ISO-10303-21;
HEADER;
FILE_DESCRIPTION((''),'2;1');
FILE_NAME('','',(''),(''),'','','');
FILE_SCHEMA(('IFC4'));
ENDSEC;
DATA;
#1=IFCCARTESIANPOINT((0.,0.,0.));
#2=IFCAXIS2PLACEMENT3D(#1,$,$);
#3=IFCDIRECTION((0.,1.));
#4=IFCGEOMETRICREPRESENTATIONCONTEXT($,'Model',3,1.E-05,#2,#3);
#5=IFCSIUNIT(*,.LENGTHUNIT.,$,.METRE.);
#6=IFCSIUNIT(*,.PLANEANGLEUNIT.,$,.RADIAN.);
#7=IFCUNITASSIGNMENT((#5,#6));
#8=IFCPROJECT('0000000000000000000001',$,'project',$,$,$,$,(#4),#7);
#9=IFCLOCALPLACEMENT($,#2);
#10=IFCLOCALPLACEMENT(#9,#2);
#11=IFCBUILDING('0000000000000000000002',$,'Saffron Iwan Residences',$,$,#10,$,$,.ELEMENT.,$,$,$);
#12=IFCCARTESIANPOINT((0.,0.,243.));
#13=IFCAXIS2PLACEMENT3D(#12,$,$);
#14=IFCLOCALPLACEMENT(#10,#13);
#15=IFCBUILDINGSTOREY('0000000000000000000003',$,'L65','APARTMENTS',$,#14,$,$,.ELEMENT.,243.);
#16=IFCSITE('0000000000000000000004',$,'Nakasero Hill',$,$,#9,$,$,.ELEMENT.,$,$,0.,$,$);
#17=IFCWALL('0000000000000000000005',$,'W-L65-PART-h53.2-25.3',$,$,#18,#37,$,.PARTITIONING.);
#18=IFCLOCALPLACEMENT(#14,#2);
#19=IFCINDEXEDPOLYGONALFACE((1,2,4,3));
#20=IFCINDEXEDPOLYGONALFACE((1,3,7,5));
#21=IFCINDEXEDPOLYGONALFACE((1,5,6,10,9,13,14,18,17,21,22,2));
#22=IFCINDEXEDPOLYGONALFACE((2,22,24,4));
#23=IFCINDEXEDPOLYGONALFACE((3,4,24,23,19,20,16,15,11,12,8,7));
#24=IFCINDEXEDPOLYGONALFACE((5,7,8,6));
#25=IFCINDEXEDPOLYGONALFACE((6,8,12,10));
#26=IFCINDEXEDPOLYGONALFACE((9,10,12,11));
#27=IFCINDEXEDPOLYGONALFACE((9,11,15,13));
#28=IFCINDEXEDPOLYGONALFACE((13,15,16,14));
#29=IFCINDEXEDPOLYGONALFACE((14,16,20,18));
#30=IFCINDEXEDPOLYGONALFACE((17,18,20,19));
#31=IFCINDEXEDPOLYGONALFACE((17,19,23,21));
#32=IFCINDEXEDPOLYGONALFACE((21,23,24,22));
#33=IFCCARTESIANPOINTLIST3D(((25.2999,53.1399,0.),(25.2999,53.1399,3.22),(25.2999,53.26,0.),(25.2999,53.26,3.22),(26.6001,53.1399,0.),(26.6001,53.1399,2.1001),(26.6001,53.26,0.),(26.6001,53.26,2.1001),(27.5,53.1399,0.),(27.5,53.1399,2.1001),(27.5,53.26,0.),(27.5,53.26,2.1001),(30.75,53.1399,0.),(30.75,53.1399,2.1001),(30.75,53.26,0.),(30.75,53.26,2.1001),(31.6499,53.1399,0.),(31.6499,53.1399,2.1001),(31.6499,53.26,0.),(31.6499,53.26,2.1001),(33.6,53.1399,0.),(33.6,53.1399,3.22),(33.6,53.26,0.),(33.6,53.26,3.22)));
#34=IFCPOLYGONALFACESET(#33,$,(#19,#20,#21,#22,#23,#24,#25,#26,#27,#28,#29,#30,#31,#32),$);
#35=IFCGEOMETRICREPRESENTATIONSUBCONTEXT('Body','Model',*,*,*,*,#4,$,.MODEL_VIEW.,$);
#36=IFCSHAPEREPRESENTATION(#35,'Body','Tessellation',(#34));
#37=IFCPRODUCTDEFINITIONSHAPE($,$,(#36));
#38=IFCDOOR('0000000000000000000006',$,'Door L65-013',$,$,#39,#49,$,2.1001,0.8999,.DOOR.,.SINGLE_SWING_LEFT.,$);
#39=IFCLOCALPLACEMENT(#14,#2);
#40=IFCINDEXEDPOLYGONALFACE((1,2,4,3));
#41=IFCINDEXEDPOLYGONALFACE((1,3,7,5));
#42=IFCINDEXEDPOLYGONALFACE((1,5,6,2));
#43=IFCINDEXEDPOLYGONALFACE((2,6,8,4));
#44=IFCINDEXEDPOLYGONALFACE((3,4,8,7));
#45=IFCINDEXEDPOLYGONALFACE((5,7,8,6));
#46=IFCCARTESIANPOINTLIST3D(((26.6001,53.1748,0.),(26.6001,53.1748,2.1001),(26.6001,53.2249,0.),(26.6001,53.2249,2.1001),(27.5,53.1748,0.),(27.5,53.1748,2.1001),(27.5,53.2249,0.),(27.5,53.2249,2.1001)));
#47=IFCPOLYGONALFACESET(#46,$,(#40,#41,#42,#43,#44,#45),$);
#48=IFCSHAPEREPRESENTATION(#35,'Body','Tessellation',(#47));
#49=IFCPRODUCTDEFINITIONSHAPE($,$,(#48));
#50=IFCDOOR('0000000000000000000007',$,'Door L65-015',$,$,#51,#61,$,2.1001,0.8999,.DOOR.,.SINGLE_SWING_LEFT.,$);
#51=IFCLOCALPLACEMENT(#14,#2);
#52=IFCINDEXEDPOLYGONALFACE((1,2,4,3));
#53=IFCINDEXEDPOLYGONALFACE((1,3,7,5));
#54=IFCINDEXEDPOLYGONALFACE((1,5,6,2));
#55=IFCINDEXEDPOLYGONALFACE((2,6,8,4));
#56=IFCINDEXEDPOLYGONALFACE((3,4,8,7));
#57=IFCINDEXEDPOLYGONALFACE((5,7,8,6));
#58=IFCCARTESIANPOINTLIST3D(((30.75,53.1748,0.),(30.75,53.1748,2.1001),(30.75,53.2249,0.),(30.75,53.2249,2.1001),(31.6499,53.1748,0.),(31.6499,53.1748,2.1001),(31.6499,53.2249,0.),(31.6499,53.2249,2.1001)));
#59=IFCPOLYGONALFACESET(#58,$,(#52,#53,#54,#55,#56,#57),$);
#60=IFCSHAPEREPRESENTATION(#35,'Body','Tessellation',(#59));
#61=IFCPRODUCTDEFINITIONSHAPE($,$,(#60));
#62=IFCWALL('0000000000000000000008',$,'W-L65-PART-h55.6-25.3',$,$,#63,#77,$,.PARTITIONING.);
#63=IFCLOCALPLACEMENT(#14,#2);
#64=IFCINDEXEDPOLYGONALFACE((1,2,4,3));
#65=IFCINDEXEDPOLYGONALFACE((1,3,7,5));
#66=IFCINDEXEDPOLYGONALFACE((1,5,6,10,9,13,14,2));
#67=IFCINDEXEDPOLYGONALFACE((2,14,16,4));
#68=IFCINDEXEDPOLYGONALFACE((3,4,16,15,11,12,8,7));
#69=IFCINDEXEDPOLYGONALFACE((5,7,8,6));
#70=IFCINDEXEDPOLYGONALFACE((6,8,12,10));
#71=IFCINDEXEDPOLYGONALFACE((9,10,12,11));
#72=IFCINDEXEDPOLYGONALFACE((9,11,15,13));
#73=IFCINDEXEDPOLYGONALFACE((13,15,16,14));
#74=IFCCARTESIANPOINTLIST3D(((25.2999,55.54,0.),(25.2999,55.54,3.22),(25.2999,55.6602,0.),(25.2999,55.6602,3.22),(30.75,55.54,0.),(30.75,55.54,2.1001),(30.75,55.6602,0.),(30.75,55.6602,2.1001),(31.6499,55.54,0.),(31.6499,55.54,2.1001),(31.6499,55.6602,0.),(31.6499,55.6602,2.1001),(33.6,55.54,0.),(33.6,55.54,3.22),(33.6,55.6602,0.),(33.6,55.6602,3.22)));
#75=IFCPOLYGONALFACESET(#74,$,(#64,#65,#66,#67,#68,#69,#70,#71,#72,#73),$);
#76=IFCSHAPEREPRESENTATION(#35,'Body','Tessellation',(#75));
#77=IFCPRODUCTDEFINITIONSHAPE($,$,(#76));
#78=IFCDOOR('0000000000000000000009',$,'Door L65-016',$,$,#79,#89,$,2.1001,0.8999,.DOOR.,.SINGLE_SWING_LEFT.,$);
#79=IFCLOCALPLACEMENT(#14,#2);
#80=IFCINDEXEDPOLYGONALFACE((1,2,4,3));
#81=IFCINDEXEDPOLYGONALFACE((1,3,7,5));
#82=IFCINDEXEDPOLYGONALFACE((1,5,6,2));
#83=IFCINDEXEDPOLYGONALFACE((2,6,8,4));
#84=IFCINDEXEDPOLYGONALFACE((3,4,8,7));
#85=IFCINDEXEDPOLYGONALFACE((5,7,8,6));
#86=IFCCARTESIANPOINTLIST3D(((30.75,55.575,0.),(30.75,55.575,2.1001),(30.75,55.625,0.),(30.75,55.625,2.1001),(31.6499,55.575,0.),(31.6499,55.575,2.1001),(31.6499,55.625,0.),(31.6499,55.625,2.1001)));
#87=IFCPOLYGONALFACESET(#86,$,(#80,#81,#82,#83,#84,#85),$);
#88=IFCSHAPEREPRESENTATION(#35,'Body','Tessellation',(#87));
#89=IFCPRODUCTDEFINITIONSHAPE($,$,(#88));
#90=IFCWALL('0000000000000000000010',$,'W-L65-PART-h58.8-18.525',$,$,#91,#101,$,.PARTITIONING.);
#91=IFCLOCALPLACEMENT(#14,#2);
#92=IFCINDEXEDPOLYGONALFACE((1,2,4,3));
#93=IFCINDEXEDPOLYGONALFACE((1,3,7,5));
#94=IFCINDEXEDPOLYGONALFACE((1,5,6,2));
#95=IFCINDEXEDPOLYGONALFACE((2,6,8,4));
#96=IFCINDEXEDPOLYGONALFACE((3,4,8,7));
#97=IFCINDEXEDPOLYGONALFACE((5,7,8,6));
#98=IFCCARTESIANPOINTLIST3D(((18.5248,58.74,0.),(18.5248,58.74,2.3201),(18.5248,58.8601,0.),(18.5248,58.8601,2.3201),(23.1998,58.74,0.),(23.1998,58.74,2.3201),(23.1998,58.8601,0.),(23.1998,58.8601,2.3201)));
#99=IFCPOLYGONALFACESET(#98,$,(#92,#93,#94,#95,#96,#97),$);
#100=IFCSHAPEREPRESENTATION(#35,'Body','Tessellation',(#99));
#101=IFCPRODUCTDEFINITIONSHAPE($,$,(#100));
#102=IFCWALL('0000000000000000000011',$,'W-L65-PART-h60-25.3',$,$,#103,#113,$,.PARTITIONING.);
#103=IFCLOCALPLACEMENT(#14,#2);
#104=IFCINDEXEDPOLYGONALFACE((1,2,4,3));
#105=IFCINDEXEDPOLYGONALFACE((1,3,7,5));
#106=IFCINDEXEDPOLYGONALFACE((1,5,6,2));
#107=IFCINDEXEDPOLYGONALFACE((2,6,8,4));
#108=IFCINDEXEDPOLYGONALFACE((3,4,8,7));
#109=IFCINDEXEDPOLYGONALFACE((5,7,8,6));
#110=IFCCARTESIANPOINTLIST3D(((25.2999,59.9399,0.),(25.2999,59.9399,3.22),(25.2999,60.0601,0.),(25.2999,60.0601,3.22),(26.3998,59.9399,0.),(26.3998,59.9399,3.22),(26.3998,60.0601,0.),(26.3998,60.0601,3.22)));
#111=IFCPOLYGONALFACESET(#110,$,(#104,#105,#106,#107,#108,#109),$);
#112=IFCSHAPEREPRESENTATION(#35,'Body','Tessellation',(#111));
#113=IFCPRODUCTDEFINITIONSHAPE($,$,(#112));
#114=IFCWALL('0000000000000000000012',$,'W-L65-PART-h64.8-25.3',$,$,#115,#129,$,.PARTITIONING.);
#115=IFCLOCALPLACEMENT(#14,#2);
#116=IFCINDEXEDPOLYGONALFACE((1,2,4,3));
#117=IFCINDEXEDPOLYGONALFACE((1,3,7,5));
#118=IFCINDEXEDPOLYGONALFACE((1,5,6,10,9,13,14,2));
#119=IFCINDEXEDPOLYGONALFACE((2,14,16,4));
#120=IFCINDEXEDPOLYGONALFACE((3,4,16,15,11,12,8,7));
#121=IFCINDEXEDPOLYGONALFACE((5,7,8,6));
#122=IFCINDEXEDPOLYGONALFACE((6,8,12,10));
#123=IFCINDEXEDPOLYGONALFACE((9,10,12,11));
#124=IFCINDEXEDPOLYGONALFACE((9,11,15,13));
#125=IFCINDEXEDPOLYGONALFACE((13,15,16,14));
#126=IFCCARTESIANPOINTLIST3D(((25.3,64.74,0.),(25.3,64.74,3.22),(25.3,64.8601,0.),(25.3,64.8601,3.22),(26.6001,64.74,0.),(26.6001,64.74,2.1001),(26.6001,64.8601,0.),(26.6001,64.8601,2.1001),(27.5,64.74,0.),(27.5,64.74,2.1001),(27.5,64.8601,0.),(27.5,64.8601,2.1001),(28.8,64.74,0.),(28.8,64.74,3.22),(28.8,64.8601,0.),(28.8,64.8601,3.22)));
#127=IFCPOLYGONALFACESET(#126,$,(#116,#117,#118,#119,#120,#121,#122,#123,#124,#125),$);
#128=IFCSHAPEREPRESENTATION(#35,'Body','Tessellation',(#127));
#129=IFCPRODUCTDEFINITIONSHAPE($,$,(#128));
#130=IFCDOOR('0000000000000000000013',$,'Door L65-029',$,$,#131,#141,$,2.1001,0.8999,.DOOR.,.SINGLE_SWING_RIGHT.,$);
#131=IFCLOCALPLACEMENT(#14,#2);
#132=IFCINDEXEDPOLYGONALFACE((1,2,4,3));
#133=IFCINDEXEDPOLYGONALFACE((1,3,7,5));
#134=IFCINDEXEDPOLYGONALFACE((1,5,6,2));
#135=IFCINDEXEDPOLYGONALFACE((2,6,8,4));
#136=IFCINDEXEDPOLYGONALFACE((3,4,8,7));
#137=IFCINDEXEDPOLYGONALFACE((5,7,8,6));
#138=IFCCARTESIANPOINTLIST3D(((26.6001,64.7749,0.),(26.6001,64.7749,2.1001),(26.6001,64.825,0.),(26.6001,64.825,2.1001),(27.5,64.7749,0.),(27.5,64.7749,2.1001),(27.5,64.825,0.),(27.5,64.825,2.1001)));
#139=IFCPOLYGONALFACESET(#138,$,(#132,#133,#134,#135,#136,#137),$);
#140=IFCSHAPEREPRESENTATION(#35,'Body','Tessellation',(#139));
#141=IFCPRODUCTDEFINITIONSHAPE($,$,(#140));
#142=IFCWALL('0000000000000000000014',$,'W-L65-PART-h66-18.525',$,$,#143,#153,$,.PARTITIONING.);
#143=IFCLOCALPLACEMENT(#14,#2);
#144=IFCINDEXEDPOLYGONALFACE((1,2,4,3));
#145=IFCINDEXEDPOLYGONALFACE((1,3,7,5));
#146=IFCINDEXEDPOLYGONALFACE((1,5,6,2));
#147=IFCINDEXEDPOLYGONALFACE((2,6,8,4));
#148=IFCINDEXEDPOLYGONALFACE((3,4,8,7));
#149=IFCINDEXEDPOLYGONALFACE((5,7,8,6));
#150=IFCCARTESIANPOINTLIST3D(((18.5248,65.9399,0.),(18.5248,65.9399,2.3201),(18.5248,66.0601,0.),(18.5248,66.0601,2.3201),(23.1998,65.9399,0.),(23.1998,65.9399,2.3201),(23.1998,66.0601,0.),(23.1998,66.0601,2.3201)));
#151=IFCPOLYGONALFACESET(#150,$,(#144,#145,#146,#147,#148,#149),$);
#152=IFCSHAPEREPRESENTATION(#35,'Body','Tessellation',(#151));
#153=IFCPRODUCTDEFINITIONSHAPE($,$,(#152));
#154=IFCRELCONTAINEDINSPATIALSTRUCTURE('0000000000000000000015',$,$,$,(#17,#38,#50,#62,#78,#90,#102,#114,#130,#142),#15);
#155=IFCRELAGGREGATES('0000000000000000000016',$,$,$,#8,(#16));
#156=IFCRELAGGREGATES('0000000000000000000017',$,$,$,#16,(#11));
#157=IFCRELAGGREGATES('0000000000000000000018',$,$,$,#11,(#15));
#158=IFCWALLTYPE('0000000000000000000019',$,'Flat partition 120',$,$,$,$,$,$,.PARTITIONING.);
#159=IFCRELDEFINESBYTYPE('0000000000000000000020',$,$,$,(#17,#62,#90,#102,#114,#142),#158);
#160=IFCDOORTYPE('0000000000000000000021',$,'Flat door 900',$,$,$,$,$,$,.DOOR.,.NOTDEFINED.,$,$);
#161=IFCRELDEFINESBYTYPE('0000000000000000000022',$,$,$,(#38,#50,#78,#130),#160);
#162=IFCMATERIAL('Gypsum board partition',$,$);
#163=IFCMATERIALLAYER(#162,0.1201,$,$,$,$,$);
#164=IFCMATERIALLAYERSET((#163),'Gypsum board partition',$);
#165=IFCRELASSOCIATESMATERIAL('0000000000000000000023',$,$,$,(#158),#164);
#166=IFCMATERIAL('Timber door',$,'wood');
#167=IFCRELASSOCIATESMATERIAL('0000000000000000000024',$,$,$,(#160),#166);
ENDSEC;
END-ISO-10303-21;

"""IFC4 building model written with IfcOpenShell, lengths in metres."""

from ifc_helpers import new_model, si_unit, direction, frame, frame_2d, origin, place, context, subcontext, project, spatial, rectangle, extrude, material, layer, layer_set, type_object, element, fill, save


model = new_model("IFC4")

# Units and contexts
model_context = context("Model", 3, precision=1e-05, world=origin(), true_north=direction((0.0, 1.0)))
body_context = subcontext(model_context, "Body", "Model", "MODEL_VIEW")
ifc_project = project(units=[si_unit("LENGTHUNIT", "METRE"), si_unit("PLANEANGLEUNIT", "RADIAN")], contexts=[model_context])

# Site, building, storey
site_placement = place(None, origin())
site = spatial("IfcSite", under=ifc_project, at=site_placement, Name="Nakasero Hill", CompositionType="ELEMENT", RefElevation=0.0)
building_placement = place(site_placement, origin())
building = spatial("IfcBuilding", under=site, at=building_placement, Name="Saffron Iwan Residences", CompositionType="ELEMENT")
storey_placement = place(building_placement, frame((0.0, 0.0, 243.0)))
storey = spatial("IfcBuildingStorey", under=building, at=storey_placement, Name="L65", Description="APARTMENTS", CompositionType="ELEMENT", Elevation=243.0)

# Shared definitions
ifc_material_1 = material(Name="Gypsum board partition")
ifc_layer_1 = layer(ifc_material_1, 0.1201)
ifc_layer_set_1 = layer_set([ifc_layer_1], Name="Gypsum board partition")
wall_type_1 = type_object("IfcWallType", Name="Flat partition 120", PredefinedType="PARTITIONING", material=ifc_layer_set_1)

# Wall, openings, doors
wall_1_placement = place(storey_placement, frame((25.3, 53.2, 0.0), z_axis=(0.0, 0.0, 1.0), x_axis=(1.0, 0.0, 0.0)))
wall_1 = element("IfcWall", 1, at=wall_1_placement, inside=storey, type_object=wall_type_1, Name="W-L65-PART-h53.2-25.3", PredefinedType="PARTITIONING", context=body_context, shape_type="SweptSolid", body=[
    extrude(rectangle(XDim=8.3, YDim=0.1201, at=frame_2d((4.1499, 0.0))), origin(), (0.0, 0.0, 1.0), 3.22),
])
opening_1_placement = place(wall_1_placement, frame((1.3, 0.0, 0.0)))
opening_1 = element("IfcOpeningElement", 2, at=opening_1_placement, cuts=wall_1, PredefinedType="OPENING", context=body_context, shape_type="SweptSolid", body=[
    extrude(rectangle(XDim=0.8999, YDim=2.1001, at=frame_2d((0.45, 1.05))), frame((0.0, 0.0701, 0.0), z_axis=(0.0, -1.0, 0.0), x_axis=(1.0, 0.0, 0.0)), (0.0, 0.0, 1.0), 0.1401),
])
opening_2_placement = place(wall_1_placement, frame((5.45, 0.0, 0.0)))
opening_2 = element("IfcOpeningElement", 3, at=opening_2_placement, cuts=wall_1, PredefinedType="OPENING", context=body_context, shape_type="SweptSolid", body=[
    extrude(rectangle(XDim=0.8999, YDim=2.1001, at=frame_2d((0.45, 1.05))), frame((0.0, 0.0701, 0.0), z_axis=(0.0, -1.0, 0.0), x_axis=(1.0, 0.0, 0.0)), (0.0, 0.0, 1.0), 0.1401),
])
ifc_material_2 = material(Name="Timber door", Category="wood")
door_type_1 = type_object("IfcDoorType", Name="Flat door 900", OperationType="NOTDEFINED", PredefinedType="DOOR", material=ifc_material_2)
door_1_placement = place(opening_1_placement, origin())
door_1 = element("IfcDoor", 4, at=door_1_placement, inside=storey, type_object=door_type_1, Name="Door L65-013", OperationType="SINGLE_SWING_LEFT", OverallHeight=2.1001, OverallWidth=0.8999, PredefinedType="DOOR", context=body_context, shape_type="SweptSolid", body=[
    extrude(rectangle(XDim=0.8999, YDim=2.1001, at=frame_2d((0.45, 1.05))), frame((0.0, 0.0249, 0.0), z_axis=(0.0, -1.0, 0.0), x_axis=(1.0, 0.0, 0.0)), (0.0, 0.0, 1.0), 0.05),
])
fill(opening_1, door_1)
door_2_placement = place(opening_2_placement, origin())
door_2 = element("IfcDoor", 5, at=door_2_placement, inside=storey, type_object=door_type_1, Name="Door L65-015", OperationType="SINGLE_SWING_LEFT", OverallHeight=2.1001, OverallWidth=0.8999, PredefinedType="DOOR", context=body_context, shape_type="SweptSolid", body=[
    extrude(rectangle(XDim=0.8999, YDim=2.1001, at=frame_2d((0.45, 1.05))), frame((0.0, 0.0249, 0.0), z_axis=(0.0, -1.0, 0.0), x_axis=(1.0, 0.0, 0.0)), (0.0, 0.0, 1.0), 0.05),
])
fill(opening_2, door_2)

# Wall, opening, door
wall_2_placement = place(storey_placement, frame((25.3, 55.6001, 0.0), z_axis=(0.0, 0.0, 1.0), x_axis=(1.0, 0.0, 0.0)))
wall_2 = element("IfcWall", 6, at=wall_2_placement, inside=storey, type_object=wall_type_1, Name="W-L65-PART-h55.6-25.3", PredefinedType="PARTITIONING", context=body_context, shape_type="SweptSolid", body=[
    extrude(rectangle(XDim=8.3, YDim=0.1201, at=frame_2d((4.1499, 0.0))), origin(), (0.0, 0.0, 1.0), 3.22),
])
opening_3_placement = place(wall_2_placement, frame((5.45, 0.0, 0.0)))
opening_3 = element("IfcOpeningElement", 7, at=opening_3_placement, cuts=wall_2, PredefinedType="OPENING", context=body_context, shape_type="SweptSolid", body=[
    extrude(rectangle(XDim=0.8999, YDim=2.1001, at=frame_2d((0.45, 1.05))), frame((0.0, 0.0701, 0.0), z_axis=(0.0, -1.0, 0.0), x_axis=(1.0, 0.0, 0.0)), (0.0, 0.0, 1.0), 0.1401),
])
door_3_placement = place(opening_3_placement, origin())
door_3 = element("IfcDoor", 8, at=door_3_placement, inside=storey, type_object=door_type_1, Name="Door L65-016", OperationType="SINGLE_SWING_LEFT", OverallHeight=2.1001, OverallWidth=0.8999, PredefinedType="DOOR", context=body_context, shape_type="SweptSolid", body=[
    extrude(rectangle(XDim=0.8999, YDim=2.1001, at=frame_2d((0.45, 1.05))), frame((0.0, 0.0249, 0.0), z_axis=(0.0, -1.0, 0.0), x_axis=(1.0, 0.0, 0.0)), (0.0, 0.0, 1.0), 0.05),
])
fill(opening_3, door_3)

# Walls
wall_3_placement = place(storey_placement, frame((18.5249, 58.8, 0.0), z_axis=(0.0, 0.0, 1.0), x_axis=(1.0, 0.0, 0.0)))
element("IfcWall", 9, at=wall_3_placement, inside=storey, type_object=wall_type_1, Name="W-L65-PART-h58.8-18.525", PredefinedType="PARTITIONING", context=body_context, shape_type="SweptSolid", body=[
    extrude(rectangle(XDim=4.675, YDim=0.1201, at=frame_2d((2.3374, 0.0))), origin(), (0.0, 0.0, 1.0), 2.3201),
])
wall_4_placement = place(storey_placement, frame((25.3, 60.0, 0.0), z_axis=(0.0, 0.0, 1.0), x_axis=(1.0, 0.0, 0.0)))
element("IfcWall", 10, at=wall_4_placement, inside=storey, type_object=wall_type_1, Name="W-L65-PART-h60-25.3", PredefinedType="PARTITIONING", context=body_context, shape_type="SweptSolid", body=[
    extrude(rectangle(XDim=1.0999, YDim=0.1201, at=frame_2d((0.5498, 0.0))), origin(), (0.0, 0.0, 1.0), 3.22),
])

# Wall, opening, door
wall_5_placement = place(storey_placement, frame((25.3, 64.8, 0.0), z_axis=(0.0, 0.0, 1.0), x_axis=(1.0, 0.0, 0.0)))
wall_5 = element("IfcWall", 11, at=wall_5_placement, inside=storey, type_object=wall_type_1, Name="W-L65-PART-h64.8-25.3", PredefinedType="PARTITIONING", context=body_context, shape_type="SweptSolid", body=[
    extrude(rectangle(XDim=3.5, YDim=0.1201, at=frame_2d((1.75, 0.0))), origin(), (0.0, 0.0, 1.0), 3.22),
])
opening_4_placement = place(wall_5_placement, frame((1.3, 0.0, 0.0)))
opening_4 = element("IfcOpeningElement", 12, at=opening_4_placement, cuts=wall_5, PredefinedType="OPENING", context=body_context, shape_type="SweptSolid", body=[
    extrude(rectangle(XDim=0.8999, YDim=2.1001, at=frame_2d((0.45, 1.05))), frame((0.0, 0.0701, 0.0), z_axis=(0.0, -1.0, 0.0), x_axis=(1.0, 0.0, 0.0)), (0.0, 0.0, 1.0), 0.1401),
])
door_4_placement = place(opening_4_placement, origin())
door_4 = element("IfcDoor", 13, at=door_4_placement, inside=storey, type_object=door_type_1, Name="Door L65-029", OperationType="SINGLE_SWING_RIGHT", OverallHeight=2.1001, OverallWidth=0.8999, PredefinedType="DOOR", context=body_context, shape_type="SweptSolid", body=[
    extrude(rectangle(XDim=0.8999, YDim=2.1001, at=frame_2d((0.45, 1.05))), frame((0.0, 0.0249, 0.0), z_axis=(0.0, -1.0, 0.0), x_axis=(1.0, 0.0, 0.0)), (0.0, 0.0, 1.0), 0.05),
])
fill(opening_4, door_4)

# Wall
wall_6_placement = place(storey_placement, frame((18.5249, 66.0, 0.0), z_axis=(0.0, 0.0, 1.0), x_axis=(1.0, 0.0, 0.0)))
element("IfcWall", 14, at=wall_6_placement, inside=storey, type_object=wall_type_1, Name="W-L65-PART-h66-18.525", PredefinedType="PARTITIONING", context=body_context, shape_type="SweptSolid", body=[
    extrude(rectangle(XDim=4.675, YDim=0.1201, at=frame_2d((2.3374, 0.0))), origin(), (0.0, 0.0, 1.0), 2.3201),
])

save(model, "model.ifc")
